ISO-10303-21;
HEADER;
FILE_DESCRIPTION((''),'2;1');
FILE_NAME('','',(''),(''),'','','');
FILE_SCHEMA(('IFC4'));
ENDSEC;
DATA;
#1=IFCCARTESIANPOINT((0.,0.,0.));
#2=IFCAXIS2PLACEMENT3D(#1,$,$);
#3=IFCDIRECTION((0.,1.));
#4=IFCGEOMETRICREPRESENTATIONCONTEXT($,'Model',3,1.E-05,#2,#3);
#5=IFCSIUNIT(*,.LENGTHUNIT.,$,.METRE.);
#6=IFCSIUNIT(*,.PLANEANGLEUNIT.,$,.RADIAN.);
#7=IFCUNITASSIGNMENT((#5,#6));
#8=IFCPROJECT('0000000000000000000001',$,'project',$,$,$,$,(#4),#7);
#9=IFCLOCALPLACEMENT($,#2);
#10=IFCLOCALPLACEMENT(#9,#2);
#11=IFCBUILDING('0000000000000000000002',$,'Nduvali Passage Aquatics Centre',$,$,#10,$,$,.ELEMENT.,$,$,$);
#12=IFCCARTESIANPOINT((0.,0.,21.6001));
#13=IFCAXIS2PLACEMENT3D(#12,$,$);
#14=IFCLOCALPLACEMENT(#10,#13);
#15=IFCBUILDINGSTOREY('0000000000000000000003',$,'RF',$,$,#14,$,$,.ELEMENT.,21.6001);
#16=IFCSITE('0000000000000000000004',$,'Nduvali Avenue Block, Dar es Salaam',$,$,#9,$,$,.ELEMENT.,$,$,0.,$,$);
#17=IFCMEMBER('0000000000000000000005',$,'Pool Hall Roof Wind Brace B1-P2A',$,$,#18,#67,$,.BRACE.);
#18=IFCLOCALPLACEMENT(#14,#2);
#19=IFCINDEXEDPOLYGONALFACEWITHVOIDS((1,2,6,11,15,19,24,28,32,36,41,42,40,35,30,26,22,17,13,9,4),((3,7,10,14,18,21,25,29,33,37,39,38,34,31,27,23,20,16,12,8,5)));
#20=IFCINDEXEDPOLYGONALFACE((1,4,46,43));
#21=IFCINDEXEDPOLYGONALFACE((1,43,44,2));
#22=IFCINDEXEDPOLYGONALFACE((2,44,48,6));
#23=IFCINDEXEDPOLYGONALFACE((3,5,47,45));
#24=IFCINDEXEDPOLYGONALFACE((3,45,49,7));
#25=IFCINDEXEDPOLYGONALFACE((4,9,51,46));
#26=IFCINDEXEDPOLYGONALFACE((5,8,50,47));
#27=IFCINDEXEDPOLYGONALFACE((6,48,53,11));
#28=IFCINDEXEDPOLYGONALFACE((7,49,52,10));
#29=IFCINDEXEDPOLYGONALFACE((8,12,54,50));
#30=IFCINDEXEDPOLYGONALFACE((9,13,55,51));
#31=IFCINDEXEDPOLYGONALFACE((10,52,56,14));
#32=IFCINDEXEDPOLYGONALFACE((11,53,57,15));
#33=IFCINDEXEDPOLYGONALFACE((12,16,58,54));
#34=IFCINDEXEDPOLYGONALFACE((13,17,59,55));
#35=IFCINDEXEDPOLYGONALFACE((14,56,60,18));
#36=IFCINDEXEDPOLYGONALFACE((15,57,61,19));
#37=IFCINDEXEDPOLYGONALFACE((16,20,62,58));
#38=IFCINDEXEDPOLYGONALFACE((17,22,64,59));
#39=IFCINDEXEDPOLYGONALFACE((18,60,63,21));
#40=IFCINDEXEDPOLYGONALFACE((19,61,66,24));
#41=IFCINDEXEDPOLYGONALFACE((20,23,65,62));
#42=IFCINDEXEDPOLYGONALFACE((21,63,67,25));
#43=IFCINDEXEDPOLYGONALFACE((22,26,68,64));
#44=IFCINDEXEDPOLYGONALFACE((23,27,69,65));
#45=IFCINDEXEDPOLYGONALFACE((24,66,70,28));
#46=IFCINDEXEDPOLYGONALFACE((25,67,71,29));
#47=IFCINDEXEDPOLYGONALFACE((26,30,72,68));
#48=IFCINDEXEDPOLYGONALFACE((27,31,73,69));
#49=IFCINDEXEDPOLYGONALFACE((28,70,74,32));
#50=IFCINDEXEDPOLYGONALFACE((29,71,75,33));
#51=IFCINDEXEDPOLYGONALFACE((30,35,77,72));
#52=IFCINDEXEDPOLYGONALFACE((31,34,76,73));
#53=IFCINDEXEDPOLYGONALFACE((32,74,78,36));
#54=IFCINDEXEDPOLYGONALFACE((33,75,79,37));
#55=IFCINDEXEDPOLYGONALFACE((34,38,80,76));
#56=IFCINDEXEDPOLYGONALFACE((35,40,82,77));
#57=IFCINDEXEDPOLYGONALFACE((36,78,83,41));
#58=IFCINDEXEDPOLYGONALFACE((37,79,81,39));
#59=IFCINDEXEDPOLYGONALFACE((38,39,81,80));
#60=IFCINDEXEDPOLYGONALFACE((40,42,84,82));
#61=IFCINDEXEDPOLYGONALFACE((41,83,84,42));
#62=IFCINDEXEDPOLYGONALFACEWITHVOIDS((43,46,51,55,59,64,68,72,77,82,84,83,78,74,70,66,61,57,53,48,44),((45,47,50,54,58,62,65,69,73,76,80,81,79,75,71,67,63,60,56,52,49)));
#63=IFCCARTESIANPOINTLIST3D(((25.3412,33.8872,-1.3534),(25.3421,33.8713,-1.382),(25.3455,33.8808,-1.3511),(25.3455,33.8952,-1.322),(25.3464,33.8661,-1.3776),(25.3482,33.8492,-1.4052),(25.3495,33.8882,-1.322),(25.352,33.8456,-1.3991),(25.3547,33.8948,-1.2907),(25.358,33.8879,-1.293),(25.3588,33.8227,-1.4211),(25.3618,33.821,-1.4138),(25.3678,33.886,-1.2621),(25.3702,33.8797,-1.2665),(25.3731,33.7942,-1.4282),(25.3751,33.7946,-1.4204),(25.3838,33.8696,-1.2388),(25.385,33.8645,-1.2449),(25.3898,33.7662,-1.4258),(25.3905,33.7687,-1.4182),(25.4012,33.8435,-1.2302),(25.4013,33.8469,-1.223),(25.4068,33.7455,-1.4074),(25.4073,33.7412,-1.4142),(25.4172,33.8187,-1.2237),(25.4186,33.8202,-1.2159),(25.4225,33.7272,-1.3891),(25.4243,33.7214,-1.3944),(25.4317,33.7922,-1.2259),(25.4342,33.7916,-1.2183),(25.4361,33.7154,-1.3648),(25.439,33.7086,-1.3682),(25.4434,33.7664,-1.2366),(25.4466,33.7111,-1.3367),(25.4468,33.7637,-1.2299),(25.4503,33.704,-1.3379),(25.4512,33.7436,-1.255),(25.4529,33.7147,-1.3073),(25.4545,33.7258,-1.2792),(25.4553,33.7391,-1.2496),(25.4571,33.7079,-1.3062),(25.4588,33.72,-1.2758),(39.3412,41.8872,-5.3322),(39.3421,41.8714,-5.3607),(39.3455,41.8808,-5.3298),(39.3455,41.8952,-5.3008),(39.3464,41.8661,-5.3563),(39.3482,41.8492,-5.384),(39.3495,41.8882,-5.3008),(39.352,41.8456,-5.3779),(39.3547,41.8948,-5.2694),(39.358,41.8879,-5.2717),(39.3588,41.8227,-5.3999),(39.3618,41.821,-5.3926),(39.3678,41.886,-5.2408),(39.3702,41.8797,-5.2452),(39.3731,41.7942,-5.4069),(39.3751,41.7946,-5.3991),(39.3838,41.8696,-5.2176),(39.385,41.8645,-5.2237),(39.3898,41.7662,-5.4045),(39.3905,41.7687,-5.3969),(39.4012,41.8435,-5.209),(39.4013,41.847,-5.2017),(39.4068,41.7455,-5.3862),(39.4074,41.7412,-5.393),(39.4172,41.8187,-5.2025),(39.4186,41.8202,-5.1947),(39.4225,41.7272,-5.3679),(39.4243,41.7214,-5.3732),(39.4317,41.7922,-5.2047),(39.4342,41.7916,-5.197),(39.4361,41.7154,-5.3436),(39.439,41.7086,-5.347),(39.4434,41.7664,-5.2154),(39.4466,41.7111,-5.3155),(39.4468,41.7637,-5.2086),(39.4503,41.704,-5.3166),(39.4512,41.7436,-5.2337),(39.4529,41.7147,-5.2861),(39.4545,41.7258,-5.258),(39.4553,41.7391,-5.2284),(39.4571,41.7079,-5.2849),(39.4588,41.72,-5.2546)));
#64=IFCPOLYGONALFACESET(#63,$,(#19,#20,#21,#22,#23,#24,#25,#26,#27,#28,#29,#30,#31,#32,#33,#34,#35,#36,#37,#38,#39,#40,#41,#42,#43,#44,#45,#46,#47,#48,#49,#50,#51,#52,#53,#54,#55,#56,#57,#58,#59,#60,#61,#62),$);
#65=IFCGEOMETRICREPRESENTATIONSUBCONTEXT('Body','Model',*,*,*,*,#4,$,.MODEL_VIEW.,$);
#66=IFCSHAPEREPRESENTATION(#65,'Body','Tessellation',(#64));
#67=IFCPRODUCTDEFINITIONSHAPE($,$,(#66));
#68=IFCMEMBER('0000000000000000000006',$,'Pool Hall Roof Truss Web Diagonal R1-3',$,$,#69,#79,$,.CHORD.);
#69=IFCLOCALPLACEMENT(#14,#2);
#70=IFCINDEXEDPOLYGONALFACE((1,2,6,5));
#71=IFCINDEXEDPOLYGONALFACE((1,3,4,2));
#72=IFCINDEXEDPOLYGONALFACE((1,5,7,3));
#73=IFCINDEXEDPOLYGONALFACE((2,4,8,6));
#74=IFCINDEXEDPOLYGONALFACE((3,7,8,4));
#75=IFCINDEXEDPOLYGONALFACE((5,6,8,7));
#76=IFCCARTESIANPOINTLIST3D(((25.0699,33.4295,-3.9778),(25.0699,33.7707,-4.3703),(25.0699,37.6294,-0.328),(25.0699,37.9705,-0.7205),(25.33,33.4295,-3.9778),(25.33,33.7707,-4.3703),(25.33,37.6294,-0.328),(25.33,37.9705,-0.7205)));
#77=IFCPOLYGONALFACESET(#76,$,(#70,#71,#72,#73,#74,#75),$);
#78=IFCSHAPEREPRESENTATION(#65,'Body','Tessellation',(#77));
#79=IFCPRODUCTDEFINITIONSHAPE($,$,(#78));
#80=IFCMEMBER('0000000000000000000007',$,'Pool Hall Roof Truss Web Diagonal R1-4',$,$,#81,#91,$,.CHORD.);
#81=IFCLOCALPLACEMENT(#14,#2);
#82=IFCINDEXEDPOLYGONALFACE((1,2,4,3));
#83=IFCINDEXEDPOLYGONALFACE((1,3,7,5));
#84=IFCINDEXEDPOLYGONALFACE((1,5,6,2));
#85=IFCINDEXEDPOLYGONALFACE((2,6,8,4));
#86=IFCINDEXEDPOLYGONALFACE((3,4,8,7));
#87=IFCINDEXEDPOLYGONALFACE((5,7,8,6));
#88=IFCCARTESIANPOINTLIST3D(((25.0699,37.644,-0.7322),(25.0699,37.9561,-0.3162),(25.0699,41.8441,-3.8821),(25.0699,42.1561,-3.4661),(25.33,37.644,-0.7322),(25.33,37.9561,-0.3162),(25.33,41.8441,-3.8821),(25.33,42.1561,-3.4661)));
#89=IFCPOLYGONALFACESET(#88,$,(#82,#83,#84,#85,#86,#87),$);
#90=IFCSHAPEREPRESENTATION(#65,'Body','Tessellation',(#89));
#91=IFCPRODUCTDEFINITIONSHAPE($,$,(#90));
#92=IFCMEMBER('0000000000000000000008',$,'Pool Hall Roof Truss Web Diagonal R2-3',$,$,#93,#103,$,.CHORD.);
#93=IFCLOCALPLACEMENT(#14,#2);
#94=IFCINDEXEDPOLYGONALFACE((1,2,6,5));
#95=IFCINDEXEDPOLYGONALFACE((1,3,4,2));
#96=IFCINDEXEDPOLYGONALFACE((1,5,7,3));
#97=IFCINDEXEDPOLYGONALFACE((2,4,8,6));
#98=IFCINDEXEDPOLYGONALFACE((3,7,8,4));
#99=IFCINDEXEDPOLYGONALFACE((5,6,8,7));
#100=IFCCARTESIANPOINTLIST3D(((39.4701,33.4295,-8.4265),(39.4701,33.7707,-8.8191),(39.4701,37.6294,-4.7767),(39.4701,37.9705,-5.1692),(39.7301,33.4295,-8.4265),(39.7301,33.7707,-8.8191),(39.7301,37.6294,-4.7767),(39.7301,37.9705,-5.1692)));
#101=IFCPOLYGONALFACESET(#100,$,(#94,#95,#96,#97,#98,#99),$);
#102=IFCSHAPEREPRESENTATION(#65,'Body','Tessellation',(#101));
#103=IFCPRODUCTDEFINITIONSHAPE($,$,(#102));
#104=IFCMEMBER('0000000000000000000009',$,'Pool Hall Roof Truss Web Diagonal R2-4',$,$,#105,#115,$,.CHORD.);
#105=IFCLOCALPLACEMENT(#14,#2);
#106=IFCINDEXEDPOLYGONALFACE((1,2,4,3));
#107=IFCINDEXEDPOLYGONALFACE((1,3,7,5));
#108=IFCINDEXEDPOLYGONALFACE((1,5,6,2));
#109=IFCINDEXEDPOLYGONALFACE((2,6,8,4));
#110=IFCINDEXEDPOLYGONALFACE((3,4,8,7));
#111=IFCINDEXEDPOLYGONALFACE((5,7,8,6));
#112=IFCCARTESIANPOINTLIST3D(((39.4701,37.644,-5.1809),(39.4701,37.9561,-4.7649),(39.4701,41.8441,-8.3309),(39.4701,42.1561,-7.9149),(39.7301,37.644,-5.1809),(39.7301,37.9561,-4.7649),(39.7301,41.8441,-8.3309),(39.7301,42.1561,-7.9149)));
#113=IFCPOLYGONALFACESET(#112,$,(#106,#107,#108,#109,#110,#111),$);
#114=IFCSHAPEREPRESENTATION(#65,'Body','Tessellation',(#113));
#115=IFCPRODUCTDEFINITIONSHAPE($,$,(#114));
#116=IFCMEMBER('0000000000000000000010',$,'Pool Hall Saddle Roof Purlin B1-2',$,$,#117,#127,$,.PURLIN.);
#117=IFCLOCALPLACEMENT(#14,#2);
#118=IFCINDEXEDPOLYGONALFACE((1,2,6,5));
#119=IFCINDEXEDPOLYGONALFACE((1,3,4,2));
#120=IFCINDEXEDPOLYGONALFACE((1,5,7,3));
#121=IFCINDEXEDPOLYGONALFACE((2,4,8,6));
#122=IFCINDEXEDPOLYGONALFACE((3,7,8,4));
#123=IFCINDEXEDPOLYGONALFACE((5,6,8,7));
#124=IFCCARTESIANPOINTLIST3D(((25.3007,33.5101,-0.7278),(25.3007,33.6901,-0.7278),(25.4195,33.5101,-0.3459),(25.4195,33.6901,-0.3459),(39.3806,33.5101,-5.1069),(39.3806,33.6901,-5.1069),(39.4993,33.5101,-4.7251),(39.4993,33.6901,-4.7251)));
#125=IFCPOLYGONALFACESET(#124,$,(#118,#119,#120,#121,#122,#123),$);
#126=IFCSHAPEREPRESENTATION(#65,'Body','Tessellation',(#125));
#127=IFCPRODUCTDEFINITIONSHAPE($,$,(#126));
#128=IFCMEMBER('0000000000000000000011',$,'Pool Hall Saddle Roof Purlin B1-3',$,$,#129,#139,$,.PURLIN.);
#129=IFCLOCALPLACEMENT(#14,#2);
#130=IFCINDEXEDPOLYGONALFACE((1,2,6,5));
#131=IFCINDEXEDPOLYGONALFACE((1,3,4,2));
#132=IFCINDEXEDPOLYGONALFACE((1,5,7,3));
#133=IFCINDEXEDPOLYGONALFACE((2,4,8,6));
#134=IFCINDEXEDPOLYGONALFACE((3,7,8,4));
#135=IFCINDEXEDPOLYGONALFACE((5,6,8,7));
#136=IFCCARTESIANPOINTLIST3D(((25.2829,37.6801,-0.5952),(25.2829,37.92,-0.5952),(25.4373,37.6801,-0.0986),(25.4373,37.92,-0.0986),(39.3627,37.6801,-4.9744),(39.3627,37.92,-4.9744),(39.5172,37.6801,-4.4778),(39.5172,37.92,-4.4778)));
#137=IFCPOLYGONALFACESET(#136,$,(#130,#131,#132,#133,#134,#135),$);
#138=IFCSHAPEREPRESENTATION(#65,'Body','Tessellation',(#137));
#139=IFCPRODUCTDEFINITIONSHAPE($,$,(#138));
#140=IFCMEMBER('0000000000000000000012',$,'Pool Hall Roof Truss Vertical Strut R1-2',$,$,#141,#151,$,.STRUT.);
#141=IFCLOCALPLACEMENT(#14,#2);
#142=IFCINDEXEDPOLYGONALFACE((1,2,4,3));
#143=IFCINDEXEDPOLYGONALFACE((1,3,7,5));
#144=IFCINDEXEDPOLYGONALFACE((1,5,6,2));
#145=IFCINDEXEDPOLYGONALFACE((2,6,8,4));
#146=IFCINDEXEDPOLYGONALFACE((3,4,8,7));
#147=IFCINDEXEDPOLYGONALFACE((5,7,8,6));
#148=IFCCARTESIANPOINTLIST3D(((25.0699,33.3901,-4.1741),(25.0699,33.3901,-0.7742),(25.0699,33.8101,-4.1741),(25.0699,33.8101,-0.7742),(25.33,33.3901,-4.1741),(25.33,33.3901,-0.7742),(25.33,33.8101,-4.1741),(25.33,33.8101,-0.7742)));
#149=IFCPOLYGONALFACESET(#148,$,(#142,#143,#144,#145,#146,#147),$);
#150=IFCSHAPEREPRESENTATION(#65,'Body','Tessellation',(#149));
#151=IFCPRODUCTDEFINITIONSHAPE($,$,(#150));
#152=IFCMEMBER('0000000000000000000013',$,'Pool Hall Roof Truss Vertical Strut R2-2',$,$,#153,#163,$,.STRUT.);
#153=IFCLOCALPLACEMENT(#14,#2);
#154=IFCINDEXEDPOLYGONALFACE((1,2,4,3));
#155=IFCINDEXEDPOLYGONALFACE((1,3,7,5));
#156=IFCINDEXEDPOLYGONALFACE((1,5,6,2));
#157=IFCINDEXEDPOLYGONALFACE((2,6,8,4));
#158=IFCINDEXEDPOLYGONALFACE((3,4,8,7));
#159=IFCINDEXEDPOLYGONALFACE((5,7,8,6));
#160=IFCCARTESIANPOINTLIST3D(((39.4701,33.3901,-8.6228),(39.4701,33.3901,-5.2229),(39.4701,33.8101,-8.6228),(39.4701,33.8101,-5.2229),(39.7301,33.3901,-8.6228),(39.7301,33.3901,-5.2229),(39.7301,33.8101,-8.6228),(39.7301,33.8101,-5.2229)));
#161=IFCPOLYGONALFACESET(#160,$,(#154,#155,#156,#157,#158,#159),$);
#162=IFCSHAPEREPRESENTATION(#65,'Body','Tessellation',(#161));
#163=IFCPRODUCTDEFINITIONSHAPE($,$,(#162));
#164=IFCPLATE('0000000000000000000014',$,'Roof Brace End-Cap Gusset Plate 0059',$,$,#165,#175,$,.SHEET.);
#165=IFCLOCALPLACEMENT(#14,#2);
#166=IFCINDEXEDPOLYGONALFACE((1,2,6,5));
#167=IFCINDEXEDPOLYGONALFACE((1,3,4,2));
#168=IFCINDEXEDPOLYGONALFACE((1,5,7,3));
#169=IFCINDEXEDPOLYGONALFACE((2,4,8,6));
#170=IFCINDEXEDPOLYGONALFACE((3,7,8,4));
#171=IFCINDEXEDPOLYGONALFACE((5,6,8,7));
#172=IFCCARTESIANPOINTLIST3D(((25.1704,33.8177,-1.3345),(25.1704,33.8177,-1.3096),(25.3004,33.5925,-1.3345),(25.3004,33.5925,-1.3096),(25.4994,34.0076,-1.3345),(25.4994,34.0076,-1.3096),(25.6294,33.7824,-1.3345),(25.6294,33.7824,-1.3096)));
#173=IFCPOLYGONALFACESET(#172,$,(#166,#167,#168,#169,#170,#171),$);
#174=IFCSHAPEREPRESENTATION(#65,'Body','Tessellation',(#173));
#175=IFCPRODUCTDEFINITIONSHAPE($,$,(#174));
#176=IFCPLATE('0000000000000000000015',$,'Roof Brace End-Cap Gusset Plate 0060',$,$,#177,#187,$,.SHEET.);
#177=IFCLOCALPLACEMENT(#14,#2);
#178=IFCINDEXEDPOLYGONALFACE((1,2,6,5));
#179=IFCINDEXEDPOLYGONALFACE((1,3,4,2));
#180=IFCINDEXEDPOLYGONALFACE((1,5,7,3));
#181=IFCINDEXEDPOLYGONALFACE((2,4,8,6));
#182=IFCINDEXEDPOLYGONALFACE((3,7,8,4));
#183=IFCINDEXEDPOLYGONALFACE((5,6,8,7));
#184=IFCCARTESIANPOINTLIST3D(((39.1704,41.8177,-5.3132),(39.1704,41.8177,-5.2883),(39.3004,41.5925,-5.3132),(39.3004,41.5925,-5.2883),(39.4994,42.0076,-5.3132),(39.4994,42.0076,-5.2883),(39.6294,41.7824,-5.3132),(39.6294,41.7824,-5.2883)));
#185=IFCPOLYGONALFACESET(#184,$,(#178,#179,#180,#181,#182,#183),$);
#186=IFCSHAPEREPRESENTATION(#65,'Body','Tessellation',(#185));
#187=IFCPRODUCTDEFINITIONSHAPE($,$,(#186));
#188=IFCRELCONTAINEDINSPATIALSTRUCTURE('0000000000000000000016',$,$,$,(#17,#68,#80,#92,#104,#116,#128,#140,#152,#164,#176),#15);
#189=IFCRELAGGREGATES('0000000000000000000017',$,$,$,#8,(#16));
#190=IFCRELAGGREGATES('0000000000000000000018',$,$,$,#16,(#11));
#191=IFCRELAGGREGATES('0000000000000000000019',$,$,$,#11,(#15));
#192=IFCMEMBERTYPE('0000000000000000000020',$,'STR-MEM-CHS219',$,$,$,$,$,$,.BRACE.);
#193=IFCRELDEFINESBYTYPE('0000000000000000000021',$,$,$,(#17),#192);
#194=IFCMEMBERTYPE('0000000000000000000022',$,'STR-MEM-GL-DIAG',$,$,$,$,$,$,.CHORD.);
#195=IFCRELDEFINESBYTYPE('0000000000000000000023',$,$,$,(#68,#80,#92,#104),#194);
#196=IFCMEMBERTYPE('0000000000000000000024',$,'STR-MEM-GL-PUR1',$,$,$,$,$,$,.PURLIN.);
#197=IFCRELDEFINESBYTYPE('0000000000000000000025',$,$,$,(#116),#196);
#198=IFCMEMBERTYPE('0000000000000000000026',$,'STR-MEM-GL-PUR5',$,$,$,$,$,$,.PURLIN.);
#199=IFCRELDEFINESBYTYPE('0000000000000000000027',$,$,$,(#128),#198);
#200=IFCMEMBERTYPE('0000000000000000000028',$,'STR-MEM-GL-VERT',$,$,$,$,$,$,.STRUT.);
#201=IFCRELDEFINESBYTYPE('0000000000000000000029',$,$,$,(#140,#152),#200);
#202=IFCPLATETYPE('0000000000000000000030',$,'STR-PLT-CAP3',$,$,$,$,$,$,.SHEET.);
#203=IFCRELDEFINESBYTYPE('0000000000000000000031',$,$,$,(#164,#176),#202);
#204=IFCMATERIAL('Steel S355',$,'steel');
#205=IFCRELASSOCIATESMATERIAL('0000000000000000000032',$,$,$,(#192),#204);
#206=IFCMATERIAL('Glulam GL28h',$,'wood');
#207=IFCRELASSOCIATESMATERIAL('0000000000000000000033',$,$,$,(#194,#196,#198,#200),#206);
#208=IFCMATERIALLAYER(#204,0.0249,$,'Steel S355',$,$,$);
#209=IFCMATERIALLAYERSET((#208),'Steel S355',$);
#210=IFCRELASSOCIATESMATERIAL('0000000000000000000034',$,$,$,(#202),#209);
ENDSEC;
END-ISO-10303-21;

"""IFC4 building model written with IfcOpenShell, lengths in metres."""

from ifc_helpers import new_model, si_unit, direction, frame, origin, origin_2d, place, context, subcontext, project, spatial, rectangle, hollow_circle, extrude, material, layer, layer_set, material_profile, profile_set, type_object, element, save


model = new_model("IFC4")

# Units and contexts
model_context = context("Model", 3, precision=1e-05, world=origin(), true_north=direction((0.0, 1.0)))
body_context = subcontext(model_context, "Body", "Model", "MODEL_VIEW")
ifc_project = project(units=[si_unit("LENGTHUNIT", "METRE"), si_unit("PLANEANGLEUNIT", "RADIAN")], contexts=[model_context])

# Site, building, storey
site_placement = place(None, origin())
site = spatial("IfcSite", under=ifc_project, at=site_placement, Name="Nduvali Avenue Block, Dar es Salaam", CompositionType="ELEMENT", RefElevation=0.0)
building_placement = place(site_placement, origin())
building = spatial("IfcBuilding", under=site, at=building_placement, Name="Nduvali Passage Aquatics Centre", CompositionType="ELEMENT")
storey_placement = place(building_placement, frame((0.0, 0.0, 21.6001)))
storey = spatial("IfcBuildingStorey", under=building, at=storey_placement, Name="RF", CompositionType="ELEMENT", Elevation=21.6001)

# Shared definitions
ifc_material_1 = material(Name="Steel S355", Category="steel")

# Members
ifc_material_profile_1 = material_profile(ifc_material_1, hollow_circle(Radius=0.1096, WallThickness=0.0081, at=origin_2d()), Name="CHS 219.1x8.0")
ifc_profile_set_1 = profile_set([ifc_material_profile_1], Name="Steel S355")
member_type_1 = type_object("IfcMemberType", Name="STR-MEM-CHS219", PredefinedType="BRACE", material=ifc_profile_set_1)
member_1_placement = place(storey_placement, frame((25.3999, 33.8, -1.322), z_axis=(0.84296, 0.481691, -0.239567), x_axis=(-0.496139, 0.868243, 0.0)))
element("IfcMember", 1, at=member_1_placement, inside=storey, type_object=member_type_1, Name="Pool Hall Roof Wind Brace B1-P2A", PredefinedType="BRACE", context=body_context, shape_type="SweptSolid", body=[
    extrude(hollow_circle(Radius=0.1096, WallThickness=0.0081, at=origin_2d()), origin(), (0.0, 0.0, 1.0), 16.6082),
])
ifc_material_2 = material(Name="Glulam GL28h", Category="wood")
ifc_material_profile_2 = material_profile(ifc_material_2, rectangle(XDim=0.26, YDim=0.52, at=origin_2d()), Name="GL28h 260x520")
ifc_profile_set_2 = profile_set([ifc_material_profile_2], Name="Glulam GL28h")
member_type_2 = type_object("IfcMemberType", Name="STR-MEM-GL-DIAG", PredefinedType="CHORD", material=ifc_profile_set_2)
member_2_placement = place(storey_placement, frame((25.2, 33.6001, -4.1741), z_axis=(0.0, 0.754804, 0.655951), x_axis=(-1.0, 0.0, 0.0)))
element("IfcMember", 2, at=member_2_placement, inside=storey, type_object=member_type_2, Name="Pool Hall Roof Truss Web Diagonal R1-3", PredefinedType="CHORD", context=body_context, shape_type="SweptSolid", body=[
    extrude(rectangle(XDim=0.26, YDim=0.52, at=origin_2d()), origin(), (0.0, 0.0, 1.0), 5.5642),
])
member_3_placement = place(storey_placement, frame((25.2, 37.8, -0.5242), z_axis=(0.0, 0.800006, -0.599993), x_axis=(-1.0, 0.0, 0.0)))
element("IfcMember", 3, at=member_3_placement, inside=storey, type_object=member_type_2, Name="Pool Hall Roof Truss Web Diagonal R1-4", PredefinedType="CHORD", context=body_context, shape_type="SweptSolid", body=[
    extrude(rectangle(XDim=0.26, YDim=0.52, at=origin_2d()), origin(), (0.0, 0.0, 1.0), 5.25),
])
member_4_placement = place(storey_placement, frame((39.6001, 33.6001, -8.6228), z_axis=(0.0, 0.754804, 0.655951), x_axis=(-1.0, 0.0, 0.0)))
element("IfcMember", 4, at=member_4_placement, inside=storey, type_object=member_type_2, Name="Pool Hall Roof Truss Web Diagonal R2-3", PredefinedType="CHORD", context=body_context, shape_type="SweptSolid", body=[
    extrude(rectangle(XDim=0.26, YDim=0.52, at=origin_2d()), origin(), (0.0, 0.0, 1.0), 5.5642),
])
member_5_placement = place(storey_placement, frame((39.6001, 37.8, -4.9729), z_axis=(0.0, 0.800006, -0.599993), x_axis=(-1.0, 0.0, 0.0)))
element("IfcMember", 5, at=member_5_placement, inside=storey, type_object=member_type_2, Name="Pool Hall Roof Truss Web Diagonal R2-4", PredefinedType="CHORD", context=body_context, shape_type="SweptSolid", body=[
    extrude(rectangle(XDim=0.26, YDim=0.52, at=origin_2d()), origin(), (0.0, 0.0, 1.0), 5.25),
])
ifc_material_profile_3 = material_profile(ifc_material_2, rectangle(XDim=0.1799, YDim=0.3999, at=origin_2d()), Name="GL28h 180x400")
ifc_profile_set_3 = profile_set([ifc_material_profile_3], Name="Glulam GL28h")
member_type_3 = type_object("IfcMemberType", Name="STR-MEM-GL-PUR1", PredefinedType="PURLIN", material=ifc_profile_set_3)
member_6_placement = place(storey_placement, frame((25.3601, 33.6001, -0.5369), z_axis=(0.954881, 0.0, -0.29699), x_axis=(0.0, 1.0, 0.0)))
element("IfcMember", 6, at=member_6_placement, inside=storey, type_object=member_type_3, Name="Pool Hall Saddle Roof Purlin B1-2", PredefinedType="PURLIN", context=body_context, shape_type="SweptSolid", body=[
    extrude(rectangle(XDim=0.1799, YDim=0.3999, at=origin_2d()), origin(), (0.0, 0.0, 1.0), 14.7451),
])
ifc_material_profile_4 = material_profile(ifc_material_2, rectangle(XDim=0.24, YDim=0.52, at=origin_2d()), Name="GL28h 240x520")
ifc_profile_set_4 = profile_set([ifc_material_profile_4], Name="Glulam GL28h")
member_type_4 = type_object("IfcMemberType", Name="STR-MEM-GL-PUR5", PredefinedType="PURLIN", material=ifc_profile_set_4)
member_7_placement = place(storey_placement, frame((25.3601, 37.8, -0.3469), z_axis=(0.954881, 0.0, -0.29699), x_axis=(0.0, 1.0, 0.0)))
element("IfcMember", 7, at=member_7_placement, inside=storey, type_object=member_type_4, Name="Pool Hall Saddle Roof Purlin B1-3", PredefinedType="PURLIN", context=body_context, shape_type="SweptSolid", body=[
    extrude(rectangle(XDim=0.24, YDim=0.52, at=origin_2d()), origin(), (0.0, 0.0, 1.0), 14.7451),
])
ifc_material_profile_5 = material_profile(ifc_material_2, rectangle(XDim=0.26, YDim=0.4199, at=origin_2d()), Name="GL28h 260x420")
ifc_profile_set_5 = profile_set([ifc_material_profile_5], Name="Glulam GL28h")
member_type_5 = type_object("IfcMemberType", Name="STR-MEM-GL-VERT", PredefinedType="STRUT", material=ifc_profile_set_5)
for number, where, z_axis, x_axis, name in (
    (8, (25.2, 33.6001, -4.1741), (0.0, 0.0, 1.0), (1.0, 0.0, 0.0), "Pool Hall Roof Truss Vertical Strut R1-2"),
    (9, (39.6001, 33.6001, -8.6228), (0.0, 0.0, 1.0), (1.0, 0.0, 0.0), "Pool Hall Roof Truss Vertical Strut R2-2"),
):
    element("IfcMember", number, at=place(storey_placement, frame(where, z_axis=z_axis, x_axis=x_axis)), inside=storey, type_object=member_type_5, Name=name, PredefinedType="STRUT", context=body_context, shape_type="SweptSolid", body=[
        extrude(rectangle(XDim=0.26, YDim=0.4199, at=origin_2d()), origin(), (0.0, 0.0, 1.0), 3.3999),
    ])

# Plates
ifc_layer_1 = layer(ifc_material_1, 0.0249, Name="Steel S355")
ifc_layer_set_1 = layer_set([ifc_layer_1], Name="Steel S355")
plate_type = type_object("IfcPlateType", Name="STR-PLT-CAP3", PredefinedType="SHEET", material=ifc_layer_set_1)
for number, where, z_axis, x_axis, name in (
    (10, (25.3999, 33.8, -1.3345), (0.0, 0.0, 1.0), (0.866025, 0.5, 0.0), "Roof Brace End-Cap Gusset Plate 0059"),
    (11, (39.3999, 41.8, -5.3132), (0.0, 0.0, 1.0), (0.866025, 0.5, 0.0), "Roof Brace End-Cap Gusset Plate 0060"),
):
    element("IfcPlate", number, at=place(storey_placement, frame(where, z_axis=z_axis, x_axis=x_axis)), inside=storey, type_object=plate_type, Name=name, PredefinedType="SHEET", context=body_context, shape_type="SweptSolid", body=[
        extrude(rectangle(XDim=0.3799, YDim=0.26, at=origin_2d()), origin(), (0.0, 0.0, 1.0), 0.0249),
    ])

save(model, "model.ifc")
